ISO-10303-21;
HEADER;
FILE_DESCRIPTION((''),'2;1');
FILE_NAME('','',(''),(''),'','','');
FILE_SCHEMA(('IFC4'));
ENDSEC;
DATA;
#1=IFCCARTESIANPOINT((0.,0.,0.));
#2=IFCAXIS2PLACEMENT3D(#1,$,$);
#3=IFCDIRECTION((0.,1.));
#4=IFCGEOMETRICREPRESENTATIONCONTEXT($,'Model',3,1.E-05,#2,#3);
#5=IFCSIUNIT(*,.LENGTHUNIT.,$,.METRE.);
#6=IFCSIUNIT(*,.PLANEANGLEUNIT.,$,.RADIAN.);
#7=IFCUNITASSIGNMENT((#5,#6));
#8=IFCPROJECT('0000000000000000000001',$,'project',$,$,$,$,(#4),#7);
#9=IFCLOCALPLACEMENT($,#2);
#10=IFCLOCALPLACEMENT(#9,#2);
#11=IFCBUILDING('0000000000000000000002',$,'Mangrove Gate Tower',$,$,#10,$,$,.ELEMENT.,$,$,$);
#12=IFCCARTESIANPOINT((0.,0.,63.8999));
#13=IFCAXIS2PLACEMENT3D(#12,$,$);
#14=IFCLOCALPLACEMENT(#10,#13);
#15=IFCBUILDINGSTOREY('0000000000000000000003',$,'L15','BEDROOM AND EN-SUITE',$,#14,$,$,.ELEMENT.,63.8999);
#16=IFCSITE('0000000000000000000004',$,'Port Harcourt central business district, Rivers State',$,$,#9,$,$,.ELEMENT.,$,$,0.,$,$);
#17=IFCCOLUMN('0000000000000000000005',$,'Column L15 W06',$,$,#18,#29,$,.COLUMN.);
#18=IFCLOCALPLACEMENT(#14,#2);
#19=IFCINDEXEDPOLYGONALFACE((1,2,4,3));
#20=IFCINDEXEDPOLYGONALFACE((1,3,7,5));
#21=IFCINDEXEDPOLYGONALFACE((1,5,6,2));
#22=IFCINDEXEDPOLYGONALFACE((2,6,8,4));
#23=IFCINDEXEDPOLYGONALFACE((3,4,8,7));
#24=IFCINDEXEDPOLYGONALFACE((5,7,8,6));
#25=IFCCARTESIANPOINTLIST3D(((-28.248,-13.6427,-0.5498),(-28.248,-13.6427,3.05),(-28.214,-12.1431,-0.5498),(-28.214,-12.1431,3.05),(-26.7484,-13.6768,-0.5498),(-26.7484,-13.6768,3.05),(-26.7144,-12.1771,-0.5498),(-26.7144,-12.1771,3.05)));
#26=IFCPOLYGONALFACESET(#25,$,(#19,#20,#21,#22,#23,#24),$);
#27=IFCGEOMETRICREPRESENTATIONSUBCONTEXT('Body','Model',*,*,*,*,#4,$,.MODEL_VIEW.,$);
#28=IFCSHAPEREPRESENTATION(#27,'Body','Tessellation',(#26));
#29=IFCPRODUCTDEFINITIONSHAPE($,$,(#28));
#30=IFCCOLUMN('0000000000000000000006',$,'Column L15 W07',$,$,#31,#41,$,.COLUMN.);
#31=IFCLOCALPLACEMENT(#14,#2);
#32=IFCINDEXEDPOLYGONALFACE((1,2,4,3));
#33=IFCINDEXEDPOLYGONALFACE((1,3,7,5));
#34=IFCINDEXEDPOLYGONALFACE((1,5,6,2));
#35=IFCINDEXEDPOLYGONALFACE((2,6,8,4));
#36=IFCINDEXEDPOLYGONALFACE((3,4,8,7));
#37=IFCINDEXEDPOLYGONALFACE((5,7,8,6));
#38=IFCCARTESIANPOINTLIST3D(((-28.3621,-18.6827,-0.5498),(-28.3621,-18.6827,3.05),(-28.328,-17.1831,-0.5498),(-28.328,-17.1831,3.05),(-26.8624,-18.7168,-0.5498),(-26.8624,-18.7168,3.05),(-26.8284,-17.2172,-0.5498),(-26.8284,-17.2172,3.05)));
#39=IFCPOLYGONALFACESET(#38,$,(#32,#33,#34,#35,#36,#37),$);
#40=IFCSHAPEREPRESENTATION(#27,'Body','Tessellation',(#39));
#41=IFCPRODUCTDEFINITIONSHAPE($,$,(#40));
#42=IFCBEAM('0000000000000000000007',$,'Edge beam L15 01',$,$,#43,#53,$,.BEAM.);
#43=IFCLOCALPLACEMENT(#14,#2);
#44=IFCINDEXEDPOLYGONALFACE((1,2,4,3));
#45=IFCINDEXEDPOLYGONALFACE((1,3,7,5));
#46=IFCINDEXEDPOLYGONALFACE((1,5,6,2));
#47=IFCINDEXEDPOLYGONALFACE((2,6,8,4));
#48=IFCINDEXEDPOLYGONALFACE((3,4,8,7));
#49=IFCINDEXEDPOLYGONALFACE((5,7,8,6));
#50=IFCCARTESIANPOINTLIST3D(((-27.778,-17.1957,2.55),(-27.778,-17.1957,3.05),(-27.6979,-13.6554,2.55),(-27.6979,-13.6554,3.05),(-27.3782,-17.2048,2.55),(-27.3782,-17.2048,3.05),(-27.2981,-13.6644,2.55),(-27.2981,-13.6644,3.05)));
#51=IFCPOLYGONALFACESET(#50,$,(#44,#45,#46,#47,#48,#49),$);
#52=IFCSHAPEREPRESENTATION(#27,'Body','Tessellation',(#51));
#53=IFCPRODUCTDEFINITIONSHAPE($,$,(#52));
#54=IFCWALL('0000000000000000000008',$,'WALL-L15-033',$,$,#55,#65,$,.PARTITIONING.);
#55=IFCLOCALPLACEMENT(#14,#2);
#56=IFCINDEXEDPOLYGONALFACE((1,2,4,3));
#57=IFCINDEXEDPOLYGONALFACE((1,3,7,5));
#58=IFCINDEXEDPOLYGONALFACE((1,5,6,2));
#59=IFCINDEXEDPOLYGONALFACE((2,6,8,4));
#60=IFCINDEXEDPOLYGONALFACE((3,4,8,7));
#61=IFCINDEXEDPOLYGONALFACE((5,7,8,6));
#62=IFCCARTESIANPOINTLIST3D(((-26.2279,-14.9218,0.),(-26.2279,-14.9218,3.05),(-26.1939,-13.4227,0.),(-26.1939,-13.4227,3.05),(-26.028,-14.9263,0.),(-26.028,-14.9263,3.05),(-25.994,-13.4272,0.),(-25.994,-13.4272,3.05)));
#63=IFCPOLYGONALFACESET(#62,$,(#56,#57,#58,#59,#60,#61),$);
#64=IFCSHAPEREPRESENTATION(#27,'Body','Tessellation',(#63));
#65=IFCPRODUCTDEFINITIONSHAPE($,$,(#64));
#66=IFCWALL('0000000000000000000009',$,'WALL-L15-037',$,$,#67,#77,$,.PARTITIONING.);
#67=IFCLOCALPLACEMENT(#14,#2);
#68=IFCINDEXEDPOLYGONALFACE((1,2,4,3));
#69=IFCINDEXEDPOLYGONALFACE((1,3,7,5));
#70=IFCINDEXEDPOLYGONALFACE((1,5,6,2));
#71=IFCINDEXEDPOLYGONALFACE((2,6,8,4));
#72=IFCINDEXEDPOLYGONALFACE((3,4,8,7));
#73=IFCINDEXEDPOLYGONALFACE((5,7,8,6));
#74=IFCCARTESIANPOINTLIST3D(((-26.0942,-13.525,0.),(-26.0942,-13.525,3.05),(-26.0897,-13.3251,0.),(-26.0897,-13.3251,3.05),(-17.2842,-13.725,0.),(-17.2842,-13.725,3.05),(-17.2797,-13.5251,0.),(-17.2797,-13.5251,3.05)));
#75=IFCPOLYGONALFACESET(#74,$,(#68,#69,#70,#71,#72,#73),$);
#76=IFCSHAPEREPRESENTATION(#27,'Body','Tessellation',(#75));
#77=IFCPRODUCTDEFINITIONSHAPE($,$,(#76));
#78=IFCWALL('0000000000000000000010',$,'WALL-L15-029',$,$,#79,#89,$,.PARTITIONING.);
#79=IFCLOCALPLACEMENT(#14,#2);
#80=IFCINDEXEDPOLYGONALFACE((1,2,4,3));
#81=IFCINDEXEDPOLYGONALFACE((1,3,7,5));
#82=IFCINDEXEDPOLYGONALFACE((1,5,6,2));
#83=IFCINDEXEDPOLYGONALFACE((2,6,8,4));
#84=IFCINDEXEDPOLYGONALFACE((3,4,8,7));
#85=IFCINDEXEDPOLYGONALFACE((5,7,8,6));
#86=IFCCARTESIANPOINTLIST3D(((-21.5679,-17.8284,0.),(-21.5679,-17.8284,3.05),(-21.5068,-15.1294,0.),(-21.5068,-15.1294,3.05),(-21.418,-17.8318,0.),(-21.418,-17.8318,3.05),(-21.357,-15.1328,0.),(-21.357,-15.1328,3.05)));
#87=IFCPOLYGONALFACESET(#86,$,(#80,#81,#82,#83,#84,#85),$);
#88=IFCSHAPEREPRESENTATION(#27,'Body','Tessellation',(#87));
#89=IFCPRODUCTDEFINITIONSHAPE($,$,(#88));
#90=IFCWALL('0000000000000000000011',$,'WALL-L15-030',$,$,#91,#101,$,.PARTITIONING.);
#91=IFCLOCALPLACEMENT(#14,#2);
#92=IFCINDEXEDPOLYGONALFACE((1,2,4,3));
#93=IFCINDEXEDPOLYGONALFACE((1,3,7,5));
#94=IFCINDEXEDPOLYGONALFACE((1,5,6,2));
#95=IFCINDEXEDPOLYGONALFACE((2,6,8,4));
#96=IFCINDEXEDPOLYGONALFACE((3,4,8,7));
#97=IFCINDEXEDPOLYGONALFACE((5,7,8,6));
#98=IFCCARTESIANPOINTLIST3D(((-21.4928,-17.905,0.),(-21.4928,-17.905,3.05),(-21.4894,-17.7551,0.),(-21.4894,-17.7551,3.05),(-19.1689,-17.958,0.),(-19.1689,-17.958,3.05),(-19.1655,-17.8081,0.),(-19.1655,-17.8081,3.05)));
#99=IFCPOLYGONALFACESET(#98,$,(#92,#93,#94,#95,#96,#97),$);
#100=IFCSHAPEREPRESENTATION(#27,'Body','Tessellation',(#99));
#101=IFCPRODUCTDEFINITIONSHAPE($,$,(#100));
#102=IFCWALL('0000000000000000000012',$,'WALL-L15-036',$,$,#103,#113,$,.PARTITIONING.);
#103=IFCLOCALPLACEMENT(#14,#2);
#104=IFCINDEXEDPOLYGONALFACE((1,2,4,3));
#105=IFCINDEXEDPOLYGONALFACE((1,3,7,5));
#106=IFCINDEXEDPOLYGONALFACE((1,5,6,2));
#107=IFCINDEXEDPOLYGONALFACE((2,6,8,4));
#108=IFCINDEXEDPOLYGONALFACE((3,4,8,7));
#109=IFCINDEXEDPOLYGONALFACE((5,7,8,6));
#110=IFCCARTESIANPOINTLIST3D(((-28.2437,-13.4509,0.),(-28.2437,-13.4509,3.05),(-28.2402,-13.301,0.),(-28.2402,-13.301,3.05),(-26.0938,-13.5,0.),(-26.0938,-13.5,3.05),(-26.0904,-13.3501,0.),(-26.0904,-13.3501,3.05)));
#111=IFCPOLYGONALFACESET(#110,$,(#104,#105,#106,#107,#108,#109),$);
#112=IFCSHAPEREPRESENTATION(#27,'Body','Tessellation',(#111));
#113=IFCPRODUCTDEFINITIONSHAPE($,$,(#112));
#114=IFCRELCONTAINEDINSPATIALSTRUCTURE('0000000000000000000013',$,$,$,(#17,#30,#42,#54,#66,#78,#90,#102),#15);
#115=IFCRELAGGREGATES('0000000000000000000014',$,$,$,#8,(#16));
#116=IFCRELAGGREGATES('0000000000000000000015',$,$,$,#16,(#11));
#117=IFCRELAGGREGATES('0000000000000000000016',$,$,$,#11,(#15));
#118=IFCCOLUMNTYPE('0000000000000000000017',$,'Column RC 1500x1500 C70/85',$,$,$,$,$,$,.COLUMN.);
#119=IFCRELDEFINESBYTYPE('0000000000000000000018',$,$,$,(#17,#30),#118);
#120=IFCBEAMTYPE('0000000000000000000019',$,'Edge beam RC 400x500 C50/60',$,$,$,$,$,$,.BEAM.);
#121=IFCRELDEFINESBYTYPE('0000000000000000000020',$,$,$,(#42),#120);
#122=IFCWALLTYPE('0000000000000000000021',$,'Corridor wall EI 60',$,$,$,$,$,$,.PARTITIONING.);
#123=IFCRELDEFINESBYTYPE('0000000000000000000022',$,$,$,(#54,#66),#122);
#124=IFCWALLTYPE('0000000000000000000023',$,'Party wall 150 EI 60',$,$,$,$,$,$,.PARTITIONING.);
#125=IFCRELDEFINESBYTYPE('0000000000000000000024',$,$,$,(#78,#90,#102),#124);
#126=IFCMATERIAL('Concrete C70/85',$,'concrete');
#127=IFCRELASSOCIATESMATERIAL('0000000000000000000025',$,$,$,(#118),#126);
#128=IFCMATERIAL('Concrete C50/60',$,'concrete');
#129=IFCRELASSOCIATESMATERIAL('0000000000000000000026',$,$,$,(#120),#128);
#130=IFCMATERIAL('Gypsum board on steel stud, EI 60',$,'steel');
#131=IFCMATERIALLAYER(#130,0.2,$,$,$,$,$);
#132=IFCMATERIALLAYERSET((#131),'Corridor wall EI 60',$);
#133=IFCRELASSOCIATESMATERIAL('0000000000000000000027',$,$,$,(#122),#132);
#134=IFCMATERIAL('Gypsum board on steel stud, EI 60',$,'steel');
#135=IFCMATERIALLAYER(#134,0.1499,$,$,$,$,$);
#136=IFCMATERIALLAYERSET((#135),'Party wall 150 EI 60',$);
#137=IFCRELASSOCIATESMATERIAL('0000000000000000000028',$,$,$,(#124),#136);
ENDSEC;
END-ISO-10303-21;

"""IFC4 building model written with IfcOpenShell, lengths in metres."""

from ifc_helpers import new_model, si_unit, direction, frame, frame_2d, origin, origin_2d, place, context, subcontext, project, spatial, rectangle, extrude, material, layer, layer_set, material_profile, profile_set, type_object, element, save


model = new_model("IFC4")

# Units and contexts
model_context = context("Model", 3, precision=1e-05, world=origin(), true_north=direction((0.0, 1.0)))
body_context = subcontext(model_context, "Body", "Model", "MODEL_VIEW")
ifc_project = project(units=[si_unit("LENGTHUNIT", "METRE"), si_unit("PLANEANGLEUNIT", "RADIAN")], contexts=[model_context])

# Site, building, storey
site_placement = place(None, origin())
site = spatial("IfcSite", under=ifc_project, at=site_placement, Name="Port Harcourt central business district, Rivers State", CompositionType="ELEMENT", RefElevation=0.0)
building_placement = place(site_placement, origin())
building = spatial("IfcBuilding", under=site, at=building_placement, Name="Mangrove Gate Tower", CompositionType="ELEMENT")
storey_placement = place(building_placement, frame((0.0, 0.0, 63.8999)))
storey = spatial("IfcBuildingStorey", under=building, at=storey_placement, Name="L15", Description="BEDROOM AND EN-SUITE", CompositionType="ELEMENT", Elevation=63.8999)

# Columns
ifc_material_1 = material(Name="Concrete C70/85", Category="concrete")
ifc_material_profile_1 = material_profile(ifc_material_1, rectangle(XDim=1.5, YDim=1.5, at=origin_2d()))
ifc_profile_set_1 = profile_set([ifc_material_profile_1], Name="Concrete C70/85")
column_type = type_object("IfcColumnType", Name="Column RC 1500x1500 C70/85", PredefinedType="COLUMN", material=ifc_profile_set_1)
for number, where, z_axis, x_axis, name in (
    (1, (-27.4812, -12.9099, -0.5498), (0.0, 0.0, 1.0), (-0.022712, -0.999742, 0.0), "Column L15 W06"),
    (2, (-27.5952, -17.95, -0.5498), (0.0, 0.0, 1.0), (-0.02271, -0.999742, 0.0), "Column L15 W07"),
):
    element("IfcColumn", number, at=place(storey_placement, frame(where, z_axis=z_axis, x_axis=x_axis)), inside=storey, type_object=column_type, Name=name, PredefinedType="COLUMN", context=body_context, shape_type="SweptSolid", body=[
        extrude(rectangle(XDim=1.5, YDim=1.5, at=origin_2d()), origin(), (0.0, 0.0, 1.0), 3.5999),
    ])

# Beam
ifc_material_2 = material(Name="Concrete C50/60", Category="concrete")
ifc_material_profile_2 = material_profile(ifc_material_2, rectangle(XDim=0.3999, YDim=0.5, at=origin_2d()))
ifc_profile_set_2 = profile_set([ifc_material_profile_2], Name="Concrete C50/60")
beam_type = type_object("IfcBeamType", Name="Edge beam RC 400x500 C50/60", PredefinedType="BEAM", material=ifc_profile_set_2)
beam_placement = place(storey_placement, frame((-27.498, -13.6599, 2.8), z_axis=(-0.022613, -0.999744, 0.0), x_axis=(0.999744, -0.022613, 0.0)))
element("IfcBeam", 3, at=beam_placement, inside=storey, type_object=beam_type, Name="Edge beam L15 01", PredefinedType="BEAM", context=body_context, shape_type="SweptSolid", body=[
    extrude(rectangle(XDim=0.3999, YDim=0.5, at=origin_2d()), origin(), (0.0, 0.0, 1.0), 3.5413),
])

# Wall
ifc_material_3 = material(Name="Gypsum board on steel stud, EI 60", Category="steel")
ifc_layer_1 = layer(ifc_material_3, 0.2)
ifc_layer_set_1 = layer_set([ifc_layer_1], Name="Corridor wall EI 60")
wall_type_1 = type_object("IfcWallType", Name="Corridor wall EI 60", PredefinedType="PARTITIONING", material=ifc_layer_set_1)
wall_1_placement = place(storey_placement, frame((-26.1279, -14.9241, 0.0), z_axis=(0.0, 0.0, 1.0), x_axis=(0.022633, 0.999744, 0.0)))
element("IfcWall", 4, at=wall_1_placement, inside=storey, type_object=wall_type_1, Name="WALL-L15-033", PredefinedType="PARTITIONING", context=body_context, shape_type="SweptSolid", body=[
    extrude(rectangle(XDim=1.4995, YDim=0.2, at=frame_2d((0.7498, 0.0))), origin(), (0.0, 0.0, 1.0), 3.05),
])

# Walls
wall_2_placement = place(storey_placement, frame((-26.092, -13.425, 0.0), z_axis=(0.0, 0.0, 1.0), x_axis=(0.999743, -0.02269, 0.0)))
element("IfcWall", 5, at=wall_2_placement, inside=storey, type_object=wall_type_1, Name="WALL-L15-037", PredefinedType="PARTITIONING", context=body_context, shape_type="SweptSolid", body=[
    extrude(rectangle(XDim=8.8123, YDim=0.2, at=frame_2d((4.4062, 0.0))), origin(), (0.0, 0.0, 1.0), 3.05),
])
ifc_material_4 = material(Name="Gypsum board on steel stud, EI 60", Category="steel")
ifc_layer_2 = layer(ifc_material_4, 0.1499)
ifc_layer_set_2 = layer_set([ifc_layer_2], Name="Party wall 150 EI 60")
wall_type_2 = type_object("IfcWallType", Name="Party wall 150 EI 60", PredefinedType="PARTITIONING", material=ifc_layer_set_2)
wall_3_placement = place(storey_placement, frame((-21.4929, -17.8301, 0.0), z_axis=(0.0, 0.0, 1.0), x_axis=(0.022608, 0.999744, 0.0)))
element("IfcWall", 6, at=wall_3_placement, inside=storey, type_object=wall_type_2, Name="WALL-L15-029", PredefinedType="PARTITIONING", context=body_context, shape_type="SweptSolid", body=[
    extrude(rectangle(XDim=2.6997, YDim=0.1499, at=frame_2d((1.3499, 0.0))), origin(), (0.0, 0.0, 1.0), 3.05),
])
wall_4_placement = place(storey_placement, frame((-21.491, -17.8301, 0.0), z_axis=(0.0, 0.0, 1.0), x_axis=(0.99974, -0.022791, 0.0)))
element("IfcWall", 7, at=wall_4_placement, inside=storey, type_object=wall_type_2, Name="WALL-L15-030", PredefinedType="PARTITIONING", context=body_context, shape_type="SweptSolid", body=[
    extrude(rectangle(XDim=2.3245, YDim=0.1499, at=frame_2d((1.1621, 0.0))), origin(), (0.0, 0.0, 1.0), 3.05),
])
wall_5_placement = place(storey_placement, frame((-28.2419, -13.376, 0.0), z_axis=(0.0, 0.0, 1.0), x_axis=(0.99974, -0.022819, 0.0)))
element("IfcWall", 8, at=wall_5_placement, inside=storey, type_object=wall_type_2, Name="WALL-L15-036", PredefinedType="PARTITIONING", context=body_context, shape_type="SweptSolid", body=[
    extrude(rectangle(XDim=2.1504, YDim=0.1499, at=frame_2d((1.0752, 0.0))), origin(), (0.0, 0.0, 1.0), 3.05),
])

save(model, "model.ifc")
